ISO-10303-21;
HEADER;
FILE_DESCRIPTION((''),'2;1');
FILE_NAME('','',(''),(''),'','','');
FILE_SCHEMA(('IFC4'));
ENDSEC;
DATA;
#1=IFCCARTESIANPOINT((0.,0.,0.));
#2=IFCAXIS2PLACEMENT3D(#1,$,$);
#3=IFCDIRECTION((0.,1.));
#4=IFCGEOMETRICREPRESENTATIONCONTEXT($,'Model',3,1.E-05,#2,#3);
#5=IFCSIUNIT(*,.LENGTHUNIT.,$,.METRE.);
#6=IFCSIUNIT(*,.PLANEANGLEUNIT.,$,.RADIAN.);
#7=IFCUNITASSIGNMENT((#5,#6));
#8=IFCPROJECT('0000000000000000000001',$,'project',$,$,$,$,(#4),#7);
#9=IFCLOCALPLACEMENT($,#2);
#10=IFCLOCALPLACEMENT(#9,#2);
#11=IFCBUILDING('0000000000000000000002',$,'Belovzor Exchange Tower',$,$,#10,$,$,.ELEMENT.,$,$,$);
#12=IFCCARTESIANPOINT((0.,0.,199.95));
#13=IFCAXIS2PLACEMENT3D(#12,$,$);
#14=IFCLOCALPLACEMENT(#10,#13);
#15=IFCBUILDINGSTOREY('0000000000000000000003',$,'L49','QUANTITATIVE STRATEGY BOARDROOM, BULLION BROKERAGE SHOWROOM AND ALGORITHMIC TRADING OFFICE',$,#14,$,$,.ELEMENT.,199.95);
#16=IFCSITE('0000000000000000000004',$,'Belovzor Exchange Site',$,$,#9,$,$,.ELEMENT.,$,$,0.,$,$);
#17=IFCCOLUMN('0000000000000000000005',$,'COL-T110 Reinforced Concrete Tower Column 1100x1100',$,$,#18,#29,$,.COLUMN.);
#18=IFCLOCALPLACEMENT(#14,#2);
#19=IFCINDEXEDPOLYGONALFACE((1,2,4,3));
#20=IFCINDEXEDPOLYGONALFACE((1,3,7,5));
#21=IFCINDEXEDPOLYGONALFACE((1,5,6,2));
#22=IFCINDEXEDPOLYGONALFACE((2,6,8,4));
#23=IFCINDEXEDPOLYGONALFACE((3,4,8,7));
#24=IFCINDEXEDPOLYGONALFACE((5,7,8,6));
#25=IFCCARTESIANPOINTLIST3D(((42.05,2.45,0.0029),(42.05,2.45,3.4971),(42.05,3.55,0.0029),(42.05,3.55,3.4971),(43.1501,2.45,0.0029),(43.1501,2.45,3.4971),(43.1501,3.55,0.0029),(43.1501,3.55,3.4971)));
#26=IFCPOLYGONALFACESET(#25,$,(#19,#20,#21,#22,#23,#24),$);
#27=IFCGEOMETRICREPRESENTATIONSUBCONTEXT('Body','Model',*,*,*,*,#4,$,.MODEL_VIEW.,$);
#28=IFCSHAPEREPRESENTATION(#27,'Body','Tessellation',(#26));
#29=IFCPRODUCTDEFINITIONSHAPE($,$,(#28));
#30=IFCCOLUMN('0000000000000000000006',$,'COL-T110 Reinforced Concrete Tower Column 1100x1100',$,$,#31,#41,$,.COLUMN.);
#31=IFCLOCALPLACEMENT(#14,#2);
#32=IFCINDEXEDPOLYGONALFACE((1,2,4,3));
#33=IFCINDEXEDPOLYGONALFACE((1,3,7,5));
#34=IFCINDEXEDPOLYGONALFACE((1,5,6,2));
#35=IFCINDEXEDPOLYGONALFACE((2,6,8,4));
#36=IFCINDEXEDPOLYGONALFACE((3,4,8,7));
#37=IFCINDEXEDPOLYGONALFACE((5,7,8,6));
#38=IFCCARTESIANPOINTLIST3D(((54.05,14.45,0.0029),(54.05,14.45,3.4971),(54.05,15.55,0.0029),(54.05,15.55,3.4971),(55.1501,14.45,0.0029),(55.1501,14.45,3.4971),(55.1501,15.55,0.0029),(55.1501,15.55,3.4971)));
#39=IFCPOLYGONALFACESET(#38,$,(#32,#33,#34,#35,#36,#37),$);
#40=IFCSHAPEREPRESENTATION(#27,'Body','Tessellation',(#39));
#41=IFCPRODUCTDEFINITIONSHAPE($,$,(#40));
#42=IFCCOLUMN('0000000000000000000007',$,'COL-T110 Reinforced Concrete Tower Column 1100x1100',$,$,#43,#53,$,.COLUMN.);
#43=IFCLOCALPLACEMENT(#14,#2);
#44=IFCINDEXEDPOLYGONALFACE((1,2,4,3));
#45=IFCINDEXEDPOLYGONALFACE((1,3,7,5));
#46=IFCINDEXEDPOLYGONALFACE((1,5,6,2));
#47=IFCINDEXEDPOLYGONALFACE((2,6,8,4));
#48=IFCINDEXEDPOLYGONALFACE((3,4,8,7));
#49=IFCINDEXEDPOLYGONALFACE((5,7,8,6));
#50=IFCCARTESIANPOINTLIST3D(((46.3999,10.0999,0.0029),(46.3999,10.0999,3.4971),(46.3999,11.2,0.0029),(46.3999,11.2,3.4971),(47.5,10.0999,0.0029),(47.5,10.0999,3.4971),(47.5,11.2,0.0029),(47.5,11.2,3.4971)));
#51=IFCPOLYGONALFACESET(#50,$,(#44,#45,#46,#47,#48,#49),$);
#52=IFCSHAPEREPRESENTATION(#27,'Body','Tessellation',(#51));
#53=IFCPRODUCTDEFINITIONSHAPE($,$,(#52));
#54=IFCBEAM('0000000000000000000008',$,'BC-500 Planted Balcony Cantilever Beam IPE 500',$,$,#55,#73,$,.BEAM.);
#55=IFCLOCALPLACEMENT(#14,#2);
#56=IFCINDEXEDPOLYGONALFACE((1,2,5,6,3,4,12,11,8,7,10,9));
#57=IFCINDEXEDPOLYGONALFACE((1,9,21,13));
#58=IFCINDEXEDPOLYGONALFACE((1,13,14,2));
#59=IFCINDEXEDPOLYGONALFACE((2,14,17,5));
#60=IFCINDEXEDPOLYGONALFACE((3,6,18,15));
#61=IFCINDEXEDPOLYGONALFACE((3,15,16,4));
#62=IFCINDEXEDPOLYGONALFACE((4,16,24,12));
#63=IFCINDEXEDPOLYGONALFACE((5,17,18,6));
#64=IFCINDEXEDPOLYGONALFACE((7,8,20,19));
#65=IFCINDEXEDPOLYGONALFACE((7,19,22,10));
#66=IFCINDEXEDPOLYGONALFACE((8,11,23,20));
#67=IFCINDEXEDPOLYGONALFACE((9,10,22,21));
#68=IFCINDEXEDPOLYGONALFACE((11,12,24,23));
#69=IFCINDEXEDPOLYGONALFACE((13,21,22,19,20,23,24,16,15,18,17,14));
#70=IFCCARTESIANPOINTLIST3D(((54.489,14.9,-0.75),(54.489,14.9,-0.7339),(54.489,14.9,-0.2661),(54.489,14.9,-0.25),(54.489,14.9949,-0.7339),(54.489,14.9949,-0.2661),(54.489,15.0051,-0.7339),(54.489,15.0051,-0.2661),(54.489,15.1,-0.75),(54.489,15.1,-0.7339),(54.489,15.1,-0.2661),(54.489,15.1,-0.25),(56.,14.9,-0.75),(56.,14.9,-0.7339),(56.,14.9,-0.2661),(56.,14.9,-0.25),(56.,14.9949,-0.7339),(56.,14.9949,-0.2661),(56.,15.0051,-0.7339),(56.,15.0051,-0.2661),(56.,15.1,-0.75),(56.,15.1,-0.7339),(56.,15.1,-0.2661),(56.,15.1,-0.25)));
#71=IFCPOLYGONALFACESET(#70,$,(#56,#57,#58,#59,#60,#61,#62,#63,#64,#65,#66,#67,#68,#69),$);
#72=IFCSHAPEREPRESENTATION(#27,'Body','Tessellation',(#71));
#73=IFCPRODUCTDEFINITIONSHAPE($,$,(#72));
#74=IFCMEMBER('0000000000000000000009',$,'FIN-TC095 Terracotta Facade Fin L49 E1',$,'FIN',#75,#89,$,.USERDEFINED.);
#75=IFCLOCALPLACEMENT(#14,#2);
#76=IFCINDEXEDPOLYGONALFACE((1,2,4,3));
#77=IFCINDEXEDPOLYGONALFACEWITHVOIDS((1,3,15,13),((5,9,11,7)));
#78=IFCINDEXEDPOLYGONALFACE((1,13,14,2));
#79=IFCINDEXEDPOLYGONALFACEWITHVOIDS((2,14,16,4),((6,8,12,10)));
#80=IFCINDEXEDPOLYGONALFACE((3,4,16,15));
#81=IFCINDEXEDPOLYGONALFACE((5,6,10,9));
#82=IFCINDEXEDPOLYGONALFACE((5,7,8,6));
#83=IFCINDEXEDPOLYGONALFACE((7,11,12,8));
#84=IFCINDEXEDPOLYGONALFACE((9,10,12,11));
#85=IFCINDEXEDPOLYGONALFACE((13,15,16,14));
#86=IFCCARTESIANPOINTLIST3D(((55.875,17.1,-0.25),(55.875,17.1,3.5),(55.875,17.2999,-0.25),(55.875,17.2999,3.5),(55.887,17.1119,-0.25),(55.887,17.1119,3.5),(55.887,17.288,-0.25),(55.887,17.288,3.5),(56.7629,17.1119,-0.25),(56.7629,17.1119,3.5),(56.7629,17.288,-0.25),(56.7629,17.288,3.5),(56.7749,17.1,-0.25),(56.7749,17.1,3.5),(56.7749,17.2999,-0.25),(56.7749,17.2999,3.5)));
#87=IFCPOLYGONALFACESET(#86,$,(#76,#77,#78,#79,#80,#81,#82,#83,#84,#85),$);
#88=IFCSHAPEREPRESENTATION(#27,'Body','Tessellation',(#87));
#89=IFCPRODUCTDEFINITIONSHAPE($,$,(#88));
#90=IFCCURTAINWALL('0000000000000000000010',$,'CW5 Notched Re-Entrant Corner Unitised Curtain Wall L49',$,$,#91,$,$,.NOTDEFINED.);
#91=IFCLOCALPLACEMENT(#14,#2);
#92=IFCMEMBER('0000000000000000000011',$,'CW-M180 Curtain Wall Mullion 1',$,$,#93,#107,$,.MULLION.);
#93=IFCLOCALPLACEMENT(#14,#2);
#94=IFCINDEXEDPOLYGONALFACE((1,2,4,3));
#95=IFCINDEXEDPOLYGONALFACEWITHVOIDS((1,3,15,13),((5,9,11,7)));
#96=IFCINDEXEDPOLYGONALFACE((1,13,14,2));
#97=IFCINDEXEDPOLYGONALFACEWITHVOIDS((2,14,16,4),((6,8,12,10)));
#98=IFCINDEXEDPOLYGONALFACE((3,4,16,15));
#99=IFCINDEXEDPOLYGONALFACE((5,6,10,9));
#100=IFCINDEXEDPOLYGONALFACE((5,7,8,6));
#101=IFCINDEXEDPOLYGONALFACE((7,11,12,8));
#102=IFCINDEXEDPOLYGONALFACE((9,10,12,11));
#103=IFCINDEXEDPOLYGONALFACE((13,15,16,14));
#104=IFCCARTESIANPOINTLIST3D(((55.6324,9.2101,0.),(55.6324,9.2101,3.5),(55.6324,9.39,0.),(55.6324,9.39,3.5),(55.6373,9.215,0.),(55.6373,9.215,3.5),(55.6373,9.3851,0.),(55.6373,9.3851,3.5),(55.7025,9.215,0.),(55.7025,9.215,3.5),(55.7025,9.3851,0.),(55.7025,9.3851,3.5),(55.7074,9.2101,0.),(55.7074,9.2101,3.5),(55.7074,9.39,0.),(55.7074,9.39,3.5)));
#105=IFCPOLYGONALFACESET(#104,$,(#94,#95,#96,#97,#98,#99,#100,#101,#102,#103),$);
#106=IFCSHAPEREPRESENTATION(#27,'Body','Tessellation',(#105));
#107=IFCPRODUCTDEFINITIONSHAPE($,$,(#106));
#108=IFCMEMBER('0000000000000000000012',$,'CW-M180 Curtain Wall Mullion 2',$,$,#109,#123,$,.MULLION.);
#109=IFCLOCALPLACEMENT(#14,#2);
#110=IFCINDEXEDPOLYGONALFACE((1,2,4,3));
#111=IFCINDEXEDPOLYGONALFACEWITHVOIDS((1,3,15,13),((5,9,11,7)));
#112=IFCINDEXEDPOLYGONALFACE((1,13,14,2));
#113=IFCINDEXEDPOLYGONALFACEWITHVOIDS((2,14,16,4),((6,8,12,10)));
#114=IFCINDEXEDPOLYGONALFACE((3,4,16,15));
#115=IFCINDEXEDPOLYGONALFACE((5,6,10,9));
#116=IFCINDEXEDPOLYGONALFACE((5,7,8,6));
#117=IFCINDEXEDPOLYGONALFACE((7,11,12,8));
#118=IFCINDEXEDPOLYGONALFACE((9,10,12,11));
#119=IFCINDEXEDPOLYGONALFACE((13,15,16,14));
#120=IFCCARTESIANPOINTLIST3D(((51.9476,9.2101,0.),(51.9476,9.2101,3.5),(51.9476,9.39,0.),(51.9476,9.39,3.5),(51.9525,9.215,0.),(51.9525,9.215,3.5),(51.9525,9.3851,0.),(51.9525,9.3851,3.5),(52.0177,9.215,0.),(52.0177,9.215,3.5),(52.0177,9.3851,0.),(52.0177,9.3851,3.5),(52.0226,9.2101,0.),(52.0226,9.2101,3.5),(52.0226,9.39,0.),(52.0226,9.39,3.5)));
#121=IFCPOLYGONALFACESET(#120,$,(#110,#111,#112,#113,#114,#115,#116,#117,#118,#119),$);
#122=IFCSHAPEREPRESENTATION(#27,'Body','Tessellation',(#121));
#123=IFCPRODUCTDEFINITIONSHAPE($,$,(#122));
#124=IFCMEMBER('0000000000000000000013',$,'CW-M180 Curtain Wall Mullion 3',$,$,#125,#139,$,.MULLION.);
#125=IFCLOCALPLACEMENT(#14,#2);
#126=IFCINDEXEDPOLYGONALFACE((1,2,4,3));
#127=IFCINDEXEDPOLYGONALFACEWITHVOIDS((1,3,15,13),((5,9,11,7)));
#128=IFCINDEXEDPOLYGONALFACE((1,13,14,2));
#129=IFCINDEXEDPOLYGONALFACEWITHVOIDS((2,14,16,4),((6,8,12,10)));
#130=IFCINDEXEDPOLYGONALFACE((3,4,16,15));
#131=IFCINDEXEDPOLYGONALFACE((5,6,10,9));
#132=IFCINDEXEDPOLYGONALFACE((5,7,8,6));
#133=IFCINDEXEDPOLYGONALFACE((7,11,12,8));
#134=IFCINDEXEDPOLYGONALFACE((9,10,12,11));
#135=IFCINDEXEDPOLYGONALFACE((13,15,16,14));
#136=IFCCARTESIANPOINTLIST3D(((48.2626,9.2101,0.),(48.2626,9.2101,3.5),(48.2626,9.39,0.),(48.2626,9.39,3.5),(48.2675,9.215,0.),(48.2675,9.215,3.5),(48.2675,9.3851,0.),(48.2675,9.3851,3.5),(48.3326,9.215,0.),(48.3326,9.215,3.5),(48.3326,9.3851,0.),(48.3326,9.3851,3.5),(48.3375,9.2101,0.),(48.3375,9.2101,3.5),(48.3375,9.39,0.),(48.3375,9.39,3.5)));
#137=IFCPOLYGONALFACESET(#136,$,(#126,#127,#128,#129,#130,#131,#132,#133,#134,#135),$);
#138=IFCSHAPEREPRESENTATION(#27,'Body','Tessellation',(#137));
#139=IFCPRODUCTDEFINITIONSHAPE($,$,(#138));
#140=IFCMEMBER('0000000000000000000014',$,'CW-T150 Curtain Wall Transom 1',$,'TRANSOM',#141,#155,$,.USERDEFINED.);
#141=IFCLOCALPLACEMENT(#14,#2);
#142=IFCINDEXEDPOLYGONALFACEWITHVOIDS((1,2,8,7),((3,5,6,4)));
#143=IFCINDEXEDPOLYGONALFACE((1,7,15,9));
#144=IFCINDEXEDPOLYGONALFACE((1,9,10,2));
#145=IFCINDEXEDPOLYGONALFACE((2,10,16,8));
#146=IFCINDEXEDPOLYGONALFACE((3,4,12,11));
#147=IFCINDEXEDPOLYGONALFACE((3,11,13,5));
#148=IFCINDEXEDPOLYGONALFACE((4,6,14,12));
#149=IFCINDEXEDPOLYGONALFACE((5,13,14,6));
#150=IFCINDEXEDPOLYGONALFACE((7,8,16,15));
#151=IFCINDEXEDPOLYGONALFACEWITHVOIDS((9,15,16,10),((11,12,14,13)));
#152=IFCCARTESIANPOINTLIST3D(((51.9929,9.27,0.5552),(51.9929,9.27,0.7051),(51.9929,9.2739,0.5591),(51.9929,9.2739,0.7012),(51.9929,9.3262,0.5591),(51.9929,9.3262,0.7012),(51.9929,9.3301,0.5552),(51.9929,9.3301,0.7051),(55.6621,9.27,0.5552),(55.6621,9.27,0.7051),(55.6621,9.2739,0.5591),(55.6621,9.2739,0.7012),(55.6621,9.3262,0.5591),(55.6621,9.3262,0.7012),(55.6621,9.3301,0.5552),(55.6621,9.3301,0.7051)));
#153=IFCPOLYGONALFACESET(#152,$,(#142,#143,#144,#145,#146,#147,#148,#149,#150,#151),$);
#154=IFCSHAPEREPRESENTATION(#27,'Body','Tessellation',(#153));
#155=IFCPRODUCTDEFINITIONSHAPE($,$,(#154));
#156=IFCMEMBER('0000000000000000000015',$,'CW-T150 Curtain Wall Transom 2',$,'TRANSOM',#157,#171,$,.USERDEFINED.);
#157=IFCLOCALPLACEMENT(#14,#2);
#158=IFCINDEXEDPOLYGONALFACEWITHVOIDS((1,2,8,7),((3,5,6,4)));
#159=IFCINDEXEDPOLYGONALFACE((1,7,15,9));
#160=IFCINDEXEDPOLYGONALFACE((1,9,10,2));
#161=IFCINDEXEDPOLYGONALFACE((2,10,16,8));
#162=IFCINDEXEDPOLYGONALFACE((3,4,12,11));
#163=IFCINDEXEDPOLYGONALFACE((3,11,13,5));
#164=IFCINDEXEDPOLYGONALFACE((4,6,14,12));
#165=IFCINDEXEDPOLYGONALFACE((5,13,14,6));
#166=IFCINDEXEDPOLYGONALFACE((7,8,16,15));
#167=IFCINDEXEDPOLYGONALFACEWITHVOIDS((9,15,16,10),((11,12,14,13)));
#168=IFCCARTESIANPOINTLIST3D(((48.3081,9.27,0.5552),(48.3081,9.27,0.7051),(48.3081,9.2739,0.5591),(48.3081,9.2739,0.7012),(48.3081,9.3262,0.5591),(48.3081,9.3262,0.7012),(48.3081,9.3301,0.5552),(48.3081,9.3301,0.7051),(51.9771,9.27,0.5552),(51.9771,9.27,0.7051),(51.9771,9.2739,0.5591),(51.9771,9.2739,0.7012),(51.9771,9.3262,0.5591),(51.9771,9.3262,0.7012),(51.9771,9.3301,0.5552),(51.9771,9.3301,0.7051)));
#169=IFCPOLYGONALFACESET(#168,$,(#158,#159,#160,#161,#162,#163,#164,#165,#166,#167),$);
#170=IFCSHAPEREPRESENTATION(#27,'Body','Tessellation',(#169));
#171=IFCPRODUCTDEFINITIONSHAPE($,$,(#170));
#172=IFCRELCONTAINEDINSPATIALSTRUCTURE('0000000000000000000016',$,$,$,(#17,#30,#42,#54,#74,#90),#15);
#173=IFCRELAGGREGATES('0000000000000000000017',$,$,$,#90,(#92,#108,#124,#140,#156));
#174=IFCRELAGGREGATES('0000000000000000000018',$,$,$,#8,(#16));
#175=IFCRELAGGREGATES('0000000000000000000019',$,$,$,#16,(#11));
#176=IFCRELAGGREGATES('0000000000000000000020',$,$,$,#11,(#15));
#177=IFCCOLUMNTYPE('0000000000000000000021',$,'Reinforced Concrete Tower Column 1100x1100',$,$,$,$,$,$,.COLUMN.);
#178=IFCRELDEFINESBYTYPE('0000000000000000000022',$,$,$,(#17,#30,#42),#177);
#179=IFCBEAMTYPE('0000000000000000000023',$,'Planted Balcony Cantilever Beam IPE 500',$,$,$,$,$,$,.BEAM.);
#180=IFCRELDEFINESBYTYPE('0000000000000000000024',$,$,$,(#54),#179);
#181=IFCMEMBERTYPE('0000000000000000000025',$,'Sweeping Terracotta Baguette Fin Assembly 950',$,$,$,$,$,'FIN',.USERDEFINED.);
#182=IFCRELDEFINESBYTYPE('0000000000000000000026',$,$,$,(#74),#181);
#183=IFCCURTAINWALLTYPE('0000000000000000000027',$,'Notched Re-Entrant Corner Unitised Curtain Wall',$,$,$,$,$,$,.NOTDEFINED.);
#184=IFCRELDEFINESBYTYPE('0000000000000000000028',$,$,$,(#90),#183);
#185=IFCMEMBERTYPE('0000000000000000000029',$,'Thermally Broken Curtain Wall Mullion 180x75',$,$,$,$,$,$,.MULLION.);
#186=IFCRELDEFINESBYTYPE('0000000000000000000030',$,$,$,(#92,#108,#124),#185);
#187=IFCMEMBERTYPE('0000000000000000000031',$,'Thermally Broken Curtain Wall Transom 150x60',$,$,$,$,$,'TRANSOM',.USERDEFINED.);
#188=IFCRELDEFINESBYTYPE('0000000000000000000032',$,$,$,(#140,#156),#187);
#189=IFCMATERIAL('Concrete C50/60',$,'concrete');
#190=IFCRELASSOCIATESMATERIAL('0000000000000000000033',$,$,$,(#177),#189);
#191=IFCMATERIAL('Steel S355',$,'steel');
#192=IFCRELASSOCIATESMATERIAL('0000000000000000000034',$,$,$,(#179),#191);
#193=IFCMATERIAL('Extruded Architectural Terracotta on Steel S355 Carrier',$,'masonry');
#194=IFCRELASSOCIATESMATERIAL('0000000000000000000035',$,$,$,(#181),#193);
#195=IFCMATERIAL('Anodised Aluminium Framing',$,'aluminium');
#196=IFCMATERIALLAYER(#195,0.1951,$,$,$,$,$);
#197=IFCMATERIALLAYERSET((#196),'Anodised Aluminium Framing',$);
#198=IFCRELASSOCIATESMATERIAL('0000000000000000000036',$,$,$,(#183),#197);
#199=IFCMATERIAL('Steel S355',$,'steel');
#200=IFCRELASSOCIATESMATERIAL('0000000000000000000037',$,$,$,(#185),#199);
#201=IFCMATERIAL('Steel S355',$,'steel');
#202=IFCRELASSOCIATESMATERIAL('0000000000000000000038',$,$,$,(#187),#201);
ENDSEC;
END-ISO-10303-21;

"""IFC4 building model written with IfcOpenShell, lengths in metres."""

from ifc_helpers import new_model, si_unit, direction, frame, origin, origin_2d, place, context, subcontext, project, spatial, rectangle, hollow_rectangle, i_section, extrude, material, layer, layer_set, material_profile, profile_set, type_object, element, aggregate, save


model = new_model("IFC4")

# Units and contexts
model_context = context("Model", 3, precision=1e-05, world=origin(), true_north=direction((0.0, 1.0)))
body_context = subcontext(model_context, "Body", "Model", "MODEL_VIEW")
ifc_project = project(units=[si_unit("LENGTHUNIT", "METRE"), si_unit("PLANEANGLEUNIT", "RADIAN")], contexts=[model_context])

# Site, building, storey
site_placement = place(None, origin())
site = spatial("IfcSite", under=ifc_project, at=site_placement, Name="Belovzor Exchange Site", CompositionType="ELEMENT", RefElevation=0.0)
building_placement = place(site_placement, origin())
building = spatial("IfcBuilding", under=site, at=building_placement, Name="Belovzor Exchange Tower", CompositionType="ELEMENT")
storey_placement = place(building_placement, frame((0.0, 0.0, 199.95)))
storey = spatial("IfcBuildingStorey", under=building, at=storey_placement, Name="L49", Description="QUANTITATIVE STRATEGY BOARDROOM, BULLION BROKERAGE SHOWROOM AND ALGORITHMIC TRADING OFFICE", CompositionType="ELEMENT", Elevation=199.95)

# Columns
ifc_material_1 = material(Name="Concrete C50/60", Category="concrete")
ifc_material_profile_1 = material_profile(ifc_material_1, rectangle(XDim=1.1001, YDim=1.1001, at=origin_2d()))
ifc_profile_set_1 = profile_set([ifc_material_profile_1], Name="Concrete C50/60")
column_type = type_object("IfcColumnType", Name="Reinforced Concrete Tower Column 1100x1100", PredefinedType="COLUMN", material=ifc_profile_set_1)
for number, where, z_axis, x_axis, name in (
    (1, (42.6001, 3.0, 0.0029), (0.0, 0.0, 1.0), (1.0, 0.0, 0.0), "COL-T110 Reinforced Concrete Tower Column 1100x1100"),
    (2, (54.6001, 15.0, 0.0029), (0.0, 0.0, 1.0), (1.0, 0.0, 0.0), "COL-T110 Reinforced Concrete Tower Column 1100x1100"),
    (3, (46.95, 10.6499, 0.0029), (0.0, 0.0, 1.0), (1.0, 0.0, 0.0), "COL-T110 Reinforced Concrete Tower Column 1100x1100"),
):
    element("IfcColumn", number, at=place(storey_placement, frame(where, z_axis=z_axis, x_axis=x_axis)), inside=storey, type_object=column_type, Name=name, PredefinedType="COLUMN", context=body_context, shape_type="SweptSolid", body=[
        extrude(rectangle(XDim=1.1001, YDim=1.1001, at=origin_2d()), origin(), (0.0, 0.0, 1.0), 3.4941),
    ])

# Beam
ifc_material_2 = material(Name="Steel S355", Category="steel")
ifc_material_profile_2 = material_profile(ifc_material_2, i_section(OverallWidth=0.2, OverallDepth=0.5, WebThickness=0.0103, FlangeThickness=0.0161, at=origin_2d()))
ifc_profile_set_2 = profile_set([ifc_material_profile_2], Name="Steel S355")
beam_type_1 = type_object("IfcBeamType", Name="Planted Balcony Cantilever Beam IPE 500", PredefinedType="BEAM", material=ifc_profile_set_2)
beam_1_placement = place(storey_placement, frame((54.489, 15.0, -0.5), z_axis=(1.0, 0.0, 0.0), x_axis=(0.0, 1.0, 0.0)))
element("IfcBeam", 4, at=beam_1_placement, inside=storey, type_object=beam_type_1, Name="BC-500 Planted Balcony Cantilever Beam IPE 500", PredefinedType="BEAM", context=body_context, shape_type="SweptSolid", body=[
    extrude(i_section(OverallWidth=0.2, OverallDepth=0.5, WebThickness=0.0103, FlangeThickness=0.0161, at=origin_2d()), origin(), (0.0, 0.0, 1.0), 1.511),
])

# Member
ifc_material_3 = material(Name="Extruded Architectural Terracotta on Steel S355 Carrier", Category="masonry")
ifc_material_profile_3 = material_profile(ifc_material_3, hollow_rectangle(XDim=0.2, YDim=0.8999, WallThickness=0.012, at=origin_2d()))
ifc_profile_set_3 = profile_set([ifc_material_profile_3], Name="Extruded Architectural Terracotta on Steel S355 Carrier")
member_type_1 = type_object("IfcMemberType", Name="Sweeping Terracotta Baguette Fin Assembly 950", ElementType="FIN", PredefinedType="USERDEFINED", material=ifc_profile_set_3)
member_1_placement = place(storey_placement, frame((56.325, 17.2, -0.25), z_axis=(0.0, 0.0, 1.0), x_axis=(0.0, 1.0, 0.0)))
element("IfcMember", 5, at=member_1_placement, inside=storey, type_object=member_type_1, Name="FIN-TC095 Terracotta Facade Fin L49 E1", ObjectType="FIN", PredefinedType="USERDEFINED", context=body_context, shape_type="SweptSolid", body=[
    extrude(hollow_rectangle(XDim=0.2, YDim=0.8999, WallThickness=0.012, at=origin_2d()), origin(), (0.0, 0.0, 1.0), 3.75),
])

# Curtain wall, members
ifc_material_4 = material(Name="Anodised Aluminium Framing", Category="aluminium")
ifc_layer_1 = layer(ifc_material_4, 0.1951)
ifc_layer_set_1 = layer_set([ifc_layer_1], Name="Anodised Aluminium Framing")
curtain_wall_type = type_object("IfcCurtainWallType", Name="Notched Re-Entrant Corner Unitised Curtain Wall", PredefinedType="NOTDEFINED", material=ifc_layer_set_1)
curtain_wall_placement = place(storey_placement, origin())
curtain_wall = element("IfcCurtainWall", 6, at=curtain_wall_placement, inside=storey, type_object=curtain_wall_type, Name="CW5 Notched Re-Entrant Corner Unitised Curtain Wall L49", PredefinedType="NOTDEFINED")
ifc_material_5 = material(Name="Steel S355", Category="steel")
ifc_material_profile_4 = material_profile(ifc_material_5, hollow_rectangle(XDim=0.075, YDim=0.1799, WallThickness=0.0049, at=origin_2d()))
ifc_profile_set_4 = profile_set([ifc_material_profile_4], Name="Steel S355")
member_type_2 = type_object("IfcMemberType", Name="Thermally Broken Curtain Wall Mullion 180x75", PredefinedType="MULLION", material=ifc_profile_set_4)
member_2_placement = place(storey_placement, frame((55.6699, 9.3, 0.0), z_axis=(0.0, 0.0, 1.0), x_axis=(-1.0, 0.0, 0.0)))
member_2 = element("IfcMember", 7, at=member_2_placement, type_object=member_type_2, Name="CW-M180 Curtain Wall Mullion 1", PredefinedType="MULLION", context=body_context, shape_type="SweptSolid", body=[
    extrude(hollow_rectangle(XDim=0.075, YDim=0.1799, WallThickness=0.0049, at=origin_2d()), origin(), (0.0, 0.0, 1.0), 3.5),
])
member_3_placement = place(storey_placement, frame((51.9851, 9.3, 0.0), z_axis=(0.0, 0.0, 1.0), x_axis=(-1.0, 0.0, 0.0)))
member_3 = element("IfcMember", 8, at=member_3_placement, type_object=member_type_2, Name="CW-M180 Curtain Wall Mullion 2", PredefinedType="MULLION", context=body_context, shape_type="SweptSolid", body=[
    extrude(hollow_rectangle(XDim=0.075, YDim=0.1799, WallThickness=0.0049, at=origin_2d()), origin(), (0.0, 0.0, 1.0), 3.5),
])
member_4_placement = place(storey_placement, frame((48.3, 9.3, 0.0), z_axis=(0.0, 0.0, 1.0), x_axis=(-1.0, 0.0, 0.0)))
member_4 = element("IfcMember", 9, at=member_4_placement, type_object=member_type_2, Name="CW-M180 Curtain Wall Mullion 3", PredefinedType="MULLION", context=body_context, shape_type="SweptSolid", body=[
    extrude(hollow_rectangle(XDim=0.075, YDim=0.1799, WallThickness=0.0049, at=origin_2d()), origin(), (0.0, 0.0, 1.0), 3.5),
])
ifc_material_6 = material(Name="Steel S355", Category="steel")
ifc_material_profile_5 = material_profile(ifc_material_6, hollow_rectangle(XDim=0.0601, YDim=0.1499, WallThickness=0.0039, at=origin_2d()))
ifc_profile_set_5 = profile_set([ifc_material_profile_5], Name="Steel S355")
member_type_3 = type_object("IfcMemberType", Name="Thermally Broken Curtain Wall Transom 150x60", ElementType="TRANSOM", PredefinedType="USERDEFINED", material=ifc_profile_set_5)
member_5_placement = place(storey_placement, frame((55.6621, 9.3, 0.6301), z_axis=(-1.0, 0.0, 0.0), x_axis=(0.0, -1.0, 0.0)))
member_5 = element("IfcMember", 10, at=member_5_placement, type_object=member_type_3, Name="CW-T150 Curtain Wall Transom 1", ObjectType="TRANSOM", PredefinedType="USERDEFINED", context=body_context, shape_type="SweptSolid", body=[
    extrude(hollow_rectangle(XDim=0.0601, YDim=0.1499, WallThickness=0.0039, at=origin_2d()), origin(), (0.0, 0.0, 1.0), 3.6692),
])
member_6_placement = place(storey_placement, frame((51.9771, 9.3, 0.6301), z_axis=(-1.0, 0.0, 0.0), x_axis=(0.0, -1.0, 0.0)))
member_6 = element("IfcMember", 11, at=member_6_placement, type_object=member_type_3, Name="CW-T150 Curtain Wall Transom 2", ObjectType="TRANSOM", PredefinedType="USERDEFINED", context=body_context, shape_type="SweptSolid", body=[
    extrude(hollow_rectangle(XDim=0.0601, YDim=0.1499, WallThickness=0.0039, at=origin_2d()), origin(), (0.0, 0.0, 1.0), 3.6689),
])

aggregate(curtain_wall, [member_2, member_3, member_4, member_5, member_6])

save(model, "model.ifc")
